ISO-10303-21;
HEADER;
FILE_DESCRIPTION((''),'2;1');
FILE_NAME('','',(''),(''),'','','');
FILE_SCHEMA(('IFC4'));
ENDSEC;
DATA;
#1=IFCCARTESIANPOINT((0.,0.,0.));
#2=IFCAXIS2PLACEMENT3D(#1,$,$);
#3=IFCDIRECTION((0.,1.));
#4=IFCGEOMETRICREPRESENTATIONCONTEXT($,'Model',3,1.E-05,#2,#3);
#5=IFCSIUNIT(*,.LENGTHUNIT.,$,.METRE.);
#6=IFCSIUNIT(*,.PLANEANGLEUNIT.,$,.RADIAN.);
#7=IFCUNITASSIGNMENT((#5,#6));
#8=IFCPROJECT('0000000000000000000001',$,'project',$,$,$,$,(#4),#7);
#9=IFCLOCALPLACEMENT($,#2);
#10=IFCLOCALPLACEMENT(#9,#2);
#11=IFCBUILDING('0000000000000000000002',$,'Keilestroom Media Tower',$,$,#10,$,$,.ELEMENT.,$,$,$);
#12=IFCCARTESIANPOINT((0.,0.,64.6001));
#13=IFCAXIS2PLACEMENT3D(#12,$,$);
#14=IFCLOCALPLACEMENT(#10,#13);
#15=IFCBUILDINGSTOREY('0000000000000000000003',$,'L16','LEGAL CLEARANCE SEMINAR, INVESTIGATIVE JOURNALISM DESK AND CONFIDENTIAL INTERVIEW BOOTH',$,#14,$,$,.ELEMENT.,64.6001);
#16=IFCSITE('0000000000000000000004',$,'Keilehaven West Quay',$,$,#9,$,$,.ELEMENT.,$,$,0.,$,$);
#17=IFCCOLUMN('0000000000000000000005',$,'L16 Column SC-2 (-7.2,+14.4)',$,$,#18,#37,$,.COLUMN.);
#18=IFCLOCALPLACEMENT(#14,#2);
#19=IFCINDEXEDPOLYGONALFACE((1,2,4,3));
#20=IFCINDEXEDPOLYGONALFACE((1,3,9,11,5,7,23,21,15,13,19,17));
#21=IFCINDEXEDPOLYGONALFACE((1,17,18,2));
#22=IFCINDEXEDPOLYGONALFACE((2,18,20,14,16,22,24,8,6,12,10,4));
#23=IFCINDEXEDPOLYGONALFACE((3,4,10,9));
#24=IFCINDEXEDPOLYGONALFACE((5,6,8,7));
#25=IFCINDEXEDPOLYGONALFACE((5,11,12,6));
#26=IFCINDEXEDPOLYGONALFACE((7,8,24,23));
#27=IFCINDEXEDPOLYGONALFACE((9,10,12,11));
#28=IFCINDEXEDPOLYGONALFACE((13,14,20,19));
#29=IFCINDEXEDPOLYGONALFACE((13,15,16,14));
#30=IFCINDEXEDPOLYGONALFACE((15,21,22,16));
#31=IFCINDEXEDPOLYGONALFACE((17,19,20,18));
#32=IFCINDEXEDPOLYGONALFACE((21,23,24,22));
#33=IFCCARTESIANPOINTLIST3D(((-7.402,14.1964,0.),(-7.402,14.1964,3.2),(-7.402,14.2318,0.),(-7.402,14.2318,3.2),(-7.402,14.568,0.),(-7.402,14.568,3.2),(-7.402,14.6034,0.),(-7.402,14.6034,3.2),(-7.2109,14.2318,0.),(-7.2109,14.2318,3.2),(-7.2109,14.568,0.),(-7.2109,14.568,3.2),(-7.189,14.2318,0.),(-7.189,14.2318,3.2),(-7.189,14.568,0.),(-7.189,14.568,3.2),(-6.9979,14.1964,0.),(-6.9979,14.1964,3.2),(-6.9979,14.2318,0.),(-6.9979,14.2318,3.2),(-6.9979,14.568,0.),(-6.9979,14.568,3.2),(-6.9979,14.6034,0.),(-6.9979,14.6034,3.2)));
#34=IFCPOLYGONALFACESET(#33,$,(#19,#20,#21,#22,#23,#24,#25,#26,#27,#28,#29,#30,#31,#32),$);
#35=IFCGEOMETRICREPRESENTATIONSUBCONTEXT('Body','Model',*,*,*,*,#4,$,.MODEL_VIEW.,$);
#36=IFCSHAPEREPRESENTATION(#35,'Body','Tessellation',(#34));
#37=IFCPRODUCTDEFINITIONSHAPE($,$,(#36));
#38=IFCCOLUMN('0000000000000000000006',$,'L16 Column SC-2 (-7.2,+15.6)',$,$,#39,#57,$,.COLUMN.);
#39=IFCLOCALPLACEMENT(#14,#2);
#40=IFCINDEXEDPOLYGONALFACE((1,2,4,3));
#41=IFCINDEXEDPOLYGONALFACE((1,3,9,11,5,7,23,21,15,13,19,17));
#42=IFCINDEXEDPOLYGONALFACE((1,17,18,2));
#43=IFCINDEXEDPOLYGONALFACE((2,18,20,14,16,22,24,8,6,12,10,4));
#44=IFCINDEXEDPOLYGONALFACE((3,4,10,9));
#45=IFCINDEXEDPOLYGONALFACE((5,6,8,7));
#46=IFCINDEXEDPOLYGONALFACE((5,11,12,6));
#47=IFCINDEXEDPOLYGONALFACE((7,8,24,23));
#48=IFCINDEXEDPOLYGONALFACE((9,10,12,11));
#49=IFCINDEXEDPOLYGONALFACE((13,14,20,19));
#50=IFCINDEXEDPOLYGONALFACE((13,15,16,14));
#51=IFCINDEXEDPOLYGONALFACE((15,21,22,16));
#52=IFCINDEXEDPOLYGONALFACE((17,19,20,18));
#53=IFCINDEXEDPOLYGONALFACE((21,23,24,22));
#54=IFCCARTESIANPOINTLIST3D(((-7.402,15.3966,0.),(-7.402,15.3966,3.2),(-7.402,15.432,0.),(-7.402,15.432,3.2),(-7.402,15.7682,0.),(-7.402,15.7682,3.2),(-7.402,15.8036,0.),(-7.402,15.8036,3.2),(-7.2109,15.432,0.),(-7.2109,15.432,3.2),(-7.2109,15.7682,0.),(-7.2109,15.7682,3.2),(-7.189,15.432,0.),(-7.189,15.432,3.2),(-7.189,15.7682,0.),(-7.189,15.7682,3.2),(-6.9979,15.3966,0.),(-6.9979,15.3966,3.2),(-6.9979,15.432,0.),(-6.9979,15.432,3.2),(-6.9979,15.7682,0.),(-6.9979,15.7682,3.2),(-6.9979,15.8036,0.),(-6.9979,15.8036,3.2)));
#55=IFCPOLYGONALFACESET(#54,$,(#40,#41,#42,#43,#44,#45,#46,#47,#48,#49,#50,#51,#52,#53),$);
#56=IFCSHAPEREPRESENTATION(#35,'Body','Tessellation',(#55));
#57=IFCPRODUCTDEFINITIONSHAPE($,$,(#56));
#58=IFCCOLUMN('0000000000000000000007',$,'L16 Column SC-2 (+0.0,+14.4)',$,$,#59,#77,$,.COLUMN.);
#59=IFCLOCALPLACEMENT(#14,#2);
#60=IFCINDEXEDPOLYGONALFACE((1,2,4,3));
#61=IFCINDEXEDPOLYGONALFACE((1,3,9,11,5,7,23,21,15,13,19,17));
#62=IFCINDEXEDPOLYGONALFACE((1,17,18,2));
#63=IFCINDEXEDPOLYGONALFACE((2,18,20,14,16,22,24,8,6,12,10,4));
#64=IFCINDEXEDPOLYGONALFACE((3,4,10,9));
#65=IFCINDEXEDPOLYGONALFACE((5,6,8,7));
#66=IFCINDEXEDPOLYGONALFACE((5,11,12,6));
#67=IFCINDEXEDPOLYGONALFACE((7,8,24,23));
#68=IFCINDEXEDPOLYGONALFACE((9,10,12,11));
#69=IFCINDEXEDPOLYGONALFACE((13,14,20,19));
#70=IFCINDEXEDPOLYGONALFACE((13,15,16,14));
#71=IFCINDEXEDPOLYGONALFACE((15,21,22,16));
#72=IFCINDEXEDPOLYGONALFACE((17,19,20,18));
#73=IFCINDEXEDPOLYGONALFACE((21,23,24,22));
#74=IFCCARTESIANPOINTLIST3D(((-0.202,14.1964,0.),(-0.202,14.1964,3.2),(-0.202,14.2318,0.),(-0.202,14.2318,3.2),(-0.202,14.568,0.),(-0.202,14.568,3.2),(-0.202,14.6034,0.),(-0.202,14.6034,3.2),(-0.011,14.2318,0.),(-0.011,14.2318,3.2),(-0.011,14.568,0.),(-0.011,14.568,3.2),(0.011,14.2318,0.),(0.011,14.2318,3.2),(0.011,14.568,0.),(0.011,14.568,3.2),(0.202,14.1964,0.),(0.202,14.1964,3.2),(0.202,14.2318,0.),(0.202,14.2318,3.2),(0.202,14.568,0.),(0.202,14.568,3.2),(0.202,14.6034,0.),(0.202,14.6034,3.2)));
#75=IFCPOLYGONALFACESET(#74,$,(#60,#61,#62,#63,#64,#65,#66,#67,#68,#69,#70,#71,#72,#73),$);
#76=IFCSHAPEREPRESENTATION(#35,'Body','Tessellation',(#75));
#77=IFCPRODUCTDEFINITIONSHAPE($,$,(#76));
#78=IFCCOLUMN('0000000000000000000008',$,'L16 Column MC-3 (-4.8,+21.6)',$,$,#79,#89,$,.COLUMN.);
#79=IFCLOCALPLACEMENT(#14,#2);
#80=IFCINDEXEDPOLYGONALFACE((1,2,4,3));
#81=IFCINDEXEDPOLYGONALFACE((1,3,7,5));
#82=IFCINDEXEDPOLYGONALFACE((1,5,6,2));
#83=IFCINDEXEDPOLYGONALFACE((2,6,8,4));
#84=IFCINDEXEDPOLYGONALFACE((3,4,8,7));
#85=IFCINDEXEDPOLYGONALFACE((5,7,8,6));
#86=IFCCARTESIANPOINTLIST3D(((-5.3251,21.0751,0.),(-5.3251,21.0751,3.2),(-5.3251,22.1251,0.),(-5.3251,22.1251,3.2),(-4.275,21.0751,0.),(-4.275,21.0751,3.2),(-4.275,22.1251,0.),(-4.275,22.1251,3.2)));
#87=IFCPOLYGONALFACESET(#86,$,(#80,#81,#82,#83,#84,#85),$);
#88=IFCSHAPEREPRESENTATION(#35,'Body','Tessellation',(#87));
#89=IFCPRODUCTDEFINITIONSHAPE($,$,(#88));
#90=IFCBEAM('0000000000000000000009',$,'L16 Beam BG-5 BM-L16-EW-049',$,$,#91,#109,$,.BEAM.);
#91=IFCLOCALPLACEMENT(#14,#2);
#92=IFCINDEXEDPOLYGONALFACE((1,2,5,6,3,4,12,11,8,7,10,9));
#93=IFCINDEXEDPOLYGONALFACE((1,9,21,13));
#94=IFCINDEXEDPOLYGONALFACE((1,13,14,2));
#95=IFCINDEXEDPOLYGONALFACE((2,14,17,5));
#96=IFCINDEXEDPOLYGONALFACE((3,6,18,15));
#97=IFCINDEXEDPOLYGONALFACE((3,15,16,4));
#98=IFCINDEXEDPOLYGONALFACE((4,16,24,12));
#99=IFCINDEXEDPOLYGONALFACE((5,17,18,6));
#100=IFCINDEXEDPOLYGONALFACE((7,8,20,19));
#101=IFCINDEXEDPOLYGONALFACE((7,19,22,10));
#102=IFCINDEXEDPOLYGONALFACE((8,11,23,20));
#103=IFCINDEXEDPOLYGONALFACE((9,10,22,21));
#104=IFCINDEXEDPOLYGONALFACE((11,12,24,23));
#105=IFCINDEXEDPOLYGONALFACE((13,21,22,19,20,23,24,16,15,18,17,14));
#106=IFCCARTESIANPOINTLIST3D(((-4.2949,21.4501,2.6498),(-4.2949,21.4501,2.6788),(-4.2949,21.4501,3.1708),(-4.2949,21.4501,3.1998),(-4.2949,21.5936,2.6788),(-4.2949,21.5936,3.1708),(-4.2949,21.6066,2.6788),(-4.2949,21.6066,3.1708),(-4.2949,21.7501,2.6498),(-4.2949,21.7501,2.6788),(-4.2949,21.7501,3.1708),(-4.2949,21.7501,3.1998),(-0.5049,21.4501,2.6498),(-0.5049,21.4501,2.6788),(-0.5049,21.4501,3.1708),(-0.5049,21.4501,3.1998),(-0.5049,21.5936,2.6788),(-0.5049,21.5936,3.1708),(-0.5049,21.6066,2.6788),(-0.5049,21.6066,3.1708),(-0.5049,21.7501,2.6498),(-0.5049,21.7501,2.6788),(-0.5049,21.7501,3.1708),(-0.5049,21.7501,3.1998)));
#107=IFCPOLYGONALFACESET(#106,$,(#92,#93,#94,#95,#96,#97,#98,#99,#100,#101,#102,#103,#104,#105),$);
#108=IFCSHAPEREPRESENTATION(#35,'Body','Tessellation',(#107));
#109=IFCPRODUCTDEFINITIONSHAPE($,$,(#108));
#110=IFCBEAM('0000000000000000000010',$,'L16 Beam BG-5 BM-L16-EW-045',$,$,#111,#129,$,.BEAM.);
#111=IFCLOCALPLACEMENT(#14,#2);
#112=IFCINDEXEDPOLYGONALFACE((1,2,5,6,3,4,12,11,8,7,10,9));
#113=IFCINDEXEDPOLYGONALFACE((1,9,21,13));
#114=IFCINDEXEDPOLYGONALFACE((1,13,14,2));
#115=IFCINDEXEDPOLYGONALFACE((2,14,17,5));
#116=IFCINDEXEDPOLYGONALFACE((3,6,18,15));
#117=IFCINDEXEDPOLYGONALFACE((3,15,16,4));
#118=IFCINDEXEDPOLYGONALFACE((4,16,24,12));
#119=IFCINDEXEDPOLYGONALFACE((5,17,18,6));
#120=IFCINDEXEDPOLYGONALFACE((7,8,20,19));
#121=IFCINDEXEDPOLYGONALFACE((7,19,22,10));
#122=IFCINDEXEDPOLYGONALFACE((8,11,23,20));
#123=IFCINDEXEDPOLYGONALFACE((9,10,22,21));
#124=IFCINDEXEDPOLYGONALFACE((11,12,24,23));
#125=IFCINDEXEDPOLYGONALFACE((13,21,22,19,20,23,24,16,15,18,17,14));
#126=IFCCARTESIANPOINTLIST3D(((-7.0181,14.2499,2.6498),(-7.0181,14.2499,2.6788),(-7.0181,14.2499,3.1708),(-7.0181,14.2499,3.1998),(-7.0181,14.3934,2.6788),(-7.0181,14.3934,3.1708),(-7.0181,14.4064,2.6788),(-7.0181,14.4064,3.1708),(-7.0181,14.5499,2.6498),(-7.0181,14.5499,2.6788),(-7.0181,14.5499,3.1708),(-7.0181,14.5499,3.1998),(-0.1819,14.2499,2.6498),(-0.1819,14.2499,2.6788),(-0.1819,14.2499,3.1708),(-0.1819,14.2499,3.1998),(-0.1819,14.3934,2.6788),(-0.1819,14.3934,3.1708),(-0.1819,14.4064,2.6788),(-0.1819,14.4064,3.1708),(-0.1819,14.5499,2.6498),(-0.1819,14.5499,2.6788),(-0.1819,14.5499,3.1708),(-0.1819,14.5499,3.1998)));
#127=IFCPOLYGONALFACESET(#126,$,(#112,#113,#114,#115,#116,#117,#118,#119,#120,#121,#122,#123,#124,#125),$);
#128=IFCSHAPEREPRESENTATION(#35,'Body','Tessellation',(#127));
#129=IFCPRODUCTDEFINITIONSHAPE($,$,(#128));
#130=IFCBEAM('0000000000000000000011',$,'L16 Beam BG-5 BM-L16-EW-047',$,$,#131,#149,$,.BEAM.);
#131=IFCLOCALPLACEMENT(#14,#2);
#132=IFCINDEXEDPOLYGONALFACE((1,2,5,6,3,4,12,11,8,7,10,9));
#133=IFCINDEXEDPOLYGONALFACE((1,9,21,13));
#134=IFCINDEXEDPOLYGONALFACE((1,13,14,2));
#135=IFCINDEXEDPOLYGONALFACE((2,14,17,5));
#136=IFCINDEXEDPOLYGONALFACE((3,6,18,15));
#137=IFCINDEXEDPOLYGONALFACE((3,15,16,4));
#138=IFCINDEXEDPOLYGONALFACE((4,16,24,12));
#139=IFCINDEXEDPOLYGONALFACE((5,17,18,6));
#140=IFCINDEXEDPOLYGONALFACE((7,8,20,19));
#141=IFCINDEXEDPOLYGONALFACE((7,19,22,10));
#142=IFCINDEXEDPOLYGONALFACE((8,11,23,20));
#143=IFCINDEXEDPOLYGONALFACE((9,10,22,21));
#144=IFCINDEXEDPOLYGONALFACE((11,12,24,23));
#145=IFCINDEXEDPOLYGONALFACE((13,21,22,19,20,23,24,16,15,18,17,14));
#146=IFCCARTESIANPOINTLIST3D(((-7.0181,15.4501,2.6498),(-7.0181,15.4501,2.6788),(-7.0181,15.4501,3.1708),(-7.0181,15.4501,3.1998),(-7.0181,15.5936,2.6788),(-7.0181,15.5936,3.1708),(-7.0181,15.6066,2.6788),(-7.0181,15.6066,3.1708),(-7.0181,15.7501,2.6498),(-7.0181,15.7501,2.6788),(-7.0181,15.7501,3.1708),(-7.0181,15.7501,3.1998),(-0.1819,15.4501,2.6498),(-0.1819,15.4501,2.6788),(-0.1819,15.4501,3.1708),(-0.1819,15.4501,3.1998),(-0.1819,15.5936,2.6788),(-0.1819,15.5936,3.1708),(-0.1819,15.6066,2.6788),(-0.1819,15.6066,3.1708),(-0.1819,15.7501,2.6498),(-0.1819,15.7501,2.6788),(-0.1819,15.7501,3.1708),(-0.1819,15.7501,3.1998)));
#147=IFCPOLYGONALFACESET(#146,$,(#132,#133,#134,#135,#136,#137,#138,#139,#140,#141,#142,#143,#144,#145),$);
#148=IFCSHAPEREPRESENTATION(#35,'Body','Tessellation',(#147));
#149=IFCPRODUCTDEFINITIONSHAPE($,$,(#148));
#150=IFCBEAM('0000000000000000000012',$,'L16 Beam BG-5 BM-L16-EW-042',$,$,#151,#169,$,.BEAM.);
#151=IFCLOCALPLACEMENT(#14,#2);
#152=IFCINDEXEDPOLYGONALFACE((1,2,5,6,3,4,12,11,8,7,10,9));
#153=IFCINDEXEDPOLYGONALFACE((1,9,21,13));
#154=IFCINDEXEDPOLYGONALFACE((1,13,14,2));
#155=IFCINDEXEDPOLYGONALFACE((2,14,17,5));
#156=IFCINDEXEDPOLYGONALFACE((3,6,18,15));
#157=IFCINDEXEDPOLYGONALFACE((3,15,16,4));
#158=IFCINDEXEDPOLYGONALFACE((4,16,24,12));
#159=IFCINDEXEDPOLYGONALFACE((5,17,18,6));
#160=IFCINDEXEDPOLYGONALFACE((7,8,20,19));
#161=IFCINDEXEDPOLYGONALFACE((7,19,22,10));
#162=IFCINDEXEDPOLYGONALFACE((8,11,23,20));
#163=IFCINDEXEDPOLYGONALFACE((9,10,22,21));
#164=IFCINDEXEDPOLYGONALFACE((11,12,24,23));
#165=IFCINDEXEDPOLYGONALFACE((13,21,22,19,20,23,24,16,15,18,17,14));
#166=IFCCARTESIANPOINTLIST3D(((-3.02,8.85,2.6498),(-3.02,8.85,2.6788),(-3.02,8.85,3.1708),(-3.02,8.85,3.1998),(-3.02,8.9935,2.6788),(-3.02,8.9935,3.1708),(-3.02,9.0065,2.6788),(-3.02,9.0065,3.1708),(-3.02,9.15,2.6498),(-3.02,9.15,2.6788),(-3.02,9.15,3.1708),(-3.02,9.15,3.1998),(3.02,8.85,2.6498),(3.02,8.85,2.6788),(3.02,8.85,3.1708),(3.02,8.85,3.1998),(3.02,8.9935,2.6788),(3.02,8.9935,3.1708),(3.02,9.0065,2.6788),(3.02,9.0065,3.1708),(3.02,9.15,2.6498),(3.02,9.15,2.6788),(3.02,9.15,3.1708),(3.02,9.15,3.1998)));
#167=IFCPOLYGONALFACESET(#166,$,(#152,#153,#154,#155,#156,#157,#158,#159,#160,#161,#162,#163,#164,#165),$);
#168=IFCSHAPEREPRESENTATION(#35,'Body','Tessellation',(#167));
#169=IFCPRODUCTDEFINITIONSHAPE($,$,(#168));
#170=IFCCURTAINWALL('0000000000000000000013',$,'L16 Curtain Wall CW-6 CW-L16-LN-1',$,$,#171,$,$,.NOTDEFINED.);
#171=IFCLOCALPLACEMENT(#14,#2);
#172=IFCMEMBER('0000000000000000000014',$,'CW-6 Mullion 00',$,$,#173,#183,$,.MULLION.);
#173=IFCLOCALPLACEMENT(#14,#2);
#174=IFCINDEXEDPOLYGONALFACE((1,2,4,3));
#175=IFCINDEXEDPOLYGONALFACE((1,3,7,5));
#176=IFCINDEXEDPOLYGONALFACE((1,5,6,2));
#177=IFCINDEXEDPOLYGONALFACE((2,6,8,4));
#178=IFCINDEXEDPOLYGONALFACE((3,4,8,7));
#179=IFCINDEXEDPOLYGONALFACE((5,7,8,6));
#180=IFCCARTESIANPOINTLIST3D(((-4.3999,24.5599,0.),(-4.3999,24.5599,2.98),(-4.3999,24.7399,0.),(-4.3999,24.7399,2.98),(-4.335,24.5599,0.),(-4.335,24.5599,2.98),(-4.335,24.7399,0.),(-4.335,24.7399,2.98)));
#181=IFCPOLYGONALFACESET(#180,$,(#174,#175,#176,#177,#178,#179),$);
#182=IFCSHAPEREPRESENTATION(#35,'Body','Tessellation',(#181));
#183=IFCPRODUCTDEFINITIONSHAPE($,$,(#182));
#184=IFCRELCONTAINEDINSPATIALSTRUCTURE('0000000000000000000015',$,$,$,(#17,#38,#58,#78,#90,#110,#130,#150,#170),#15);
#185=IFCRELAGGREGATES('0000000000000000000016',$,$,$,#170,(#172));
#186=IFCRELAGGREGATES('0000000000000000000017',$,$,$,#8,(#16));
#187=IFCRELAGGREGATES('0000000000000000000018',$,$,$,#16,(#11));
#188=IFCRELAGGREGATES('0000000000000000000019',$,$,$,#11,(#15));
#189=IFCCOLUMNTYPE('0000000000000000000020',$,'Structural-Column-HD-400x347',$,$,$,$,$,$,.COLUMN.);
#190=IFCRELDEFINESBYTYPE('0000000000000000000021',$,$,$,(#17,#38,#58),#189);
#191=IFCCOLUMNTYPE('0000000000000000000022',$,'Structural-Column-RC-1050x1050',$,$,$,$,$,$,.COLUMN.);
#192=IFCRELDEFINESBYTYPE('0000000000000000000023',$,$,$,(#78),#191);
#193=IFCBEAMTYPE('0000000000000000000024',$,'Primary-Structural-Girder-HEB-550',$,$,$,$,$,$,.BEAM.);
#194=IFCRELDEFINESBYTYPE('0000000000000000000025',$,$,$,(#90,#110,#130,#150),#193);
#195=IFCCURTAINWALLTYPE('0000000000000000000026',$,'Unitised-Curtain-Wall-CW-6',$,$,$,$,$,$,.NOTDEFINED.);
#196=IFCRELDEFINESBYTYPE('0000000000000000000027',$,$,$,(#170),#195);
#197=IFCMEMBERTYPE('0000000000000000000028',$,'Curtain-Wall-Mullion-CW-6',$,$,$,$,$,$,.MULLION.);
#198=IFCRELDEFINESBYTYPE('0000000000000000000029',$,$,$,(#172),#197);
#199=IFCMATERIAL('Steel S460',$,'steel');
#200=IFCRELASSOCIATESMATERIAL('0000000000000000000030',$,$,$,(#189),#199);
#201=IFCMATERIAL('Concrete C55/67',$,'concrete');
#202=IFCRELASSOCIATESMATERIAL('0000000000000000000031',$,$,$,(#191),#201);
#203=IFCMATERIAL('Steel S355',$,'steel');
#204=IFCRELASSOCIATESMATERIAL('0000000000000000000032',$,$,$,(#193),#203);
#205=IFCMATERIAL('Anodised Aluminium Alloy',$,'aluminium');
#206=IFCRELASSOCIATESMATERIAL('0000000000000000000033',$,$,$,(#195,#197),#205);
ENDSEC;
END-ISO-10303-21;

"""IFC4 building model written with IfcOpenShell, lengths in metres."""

from ifc_helpers import new_model, si_unit, direction, frame, origin, origin_2d, place, context, subcontext, project, spatial, rectangle, i_section, extrude, source, transform, mapped, material, material_profile, profile_set, type_object, element, aggregate, save


model = new_model("IFC4")

# Units and contexts
model_context = context("Model", 3, precision=1e-05, world=origin(), true_north=direction((0.0, 1.0)))
body_context = subcontext(model_context, "Body", "Model", "MODEL_VIEW")
ifc_project = project(units=[si_unit("LENGTHUNIT", "METRE"), si_unit("PLANEANGLEUNIT", "RADIAN")], contexts=[model_context])

# Site, building, storey
site_placement = place(None, origin())
site = spatial("IfcSite", under=ifc_project, at=site_placement, Name="Keilehaven West Quay", CompositionType="ELEMENT", RefElevation=0.0)
building_placement = place(site_placement, origin())
building = spatial("IfcBuilding", under=site, at=building_placement, Name="Keilestroom Media Tower", CompositionType="ELEMENT")
storey_placement = place(building_placement, frame((0.0, 0.0, 64.6001)))
storey = spatial("IfcBuildingStorey", under=building, at=storey_placement, Name="L16", Description="LEGAL CLEARANCE SEMINAR, INVESTIGATIVE JOURNALISM DESK AND CONFIDENTIAL INTERVIEW BOOTH", CompositionType="ELEMENT", Elevation=64.6001)

# Columns
ifc_material_1 = material(Name="Steel S460", Category="steel")
ifc_material_profile_1 = material_profile(ifc_material_1, i_section(OverallWidth=0.4041, OverallDepth=0.407, WebThickness=0.022, FlangeThickness=0.0354, at=origin_2d()), Name="HD 400x347")
ifc_profile_set_1 = profile_set([ifc_material_profile_1], Name="Steel S460")
column_type_1 = type_object("IfcColumnType", Name="Structural-Column-HD-400x347", PredefinedType="COLUMN", material=ifc_profile_set_1)
shared_shape_1 = source(origin(), body_context, "Body", "SweptSolid", [
    extrude(i_section(OverallWidth=0.4041, OverallDepth=0.407, WebThickness=0.022, FlangeThickness=0.0354, at=origin_2d()), origin(), (0.0, 0.0, 1.0), 3.2),
])
for number, where, z_axis, x_axis, name in (
    (1, (-7.2, 14.3999, 0.0), (0.0, 0.0, 1.0), (1.0, 0.0, 0.0), "L16 Column SC-2 (-7.2,+14.4)"),
    (2, (-7.2, 15.6001, 0.0), (0.0, 0.0, 1.0), (1.0, 0.0, 0.0), "L16 Column SC-2 (-7.2,+15.6)"),
    (3, (0.0, 14.3999, 0.0), (0.0, 0.0, 1.0), (1.0, 0.0, 0.0), "L16 Column SC-2 (+0.0,+14.4)"),
):
    element("IfcColumn", number, at=place(storey_placement, frame(where, z_axis=z_axis, x_axis=x_axis)), inside=storey, type_object=column_type_1, Name=name, PredefinedType="COLUMN", context=body_context, shape_type="MappedRepresentation", body=[
        mapped(shared_shape_1, transform((0.0, 0.0, 0.0), x_axis=(1.0, 0.0, 0.0), y_axis=(0.0, 1.0, 0.0), z_axis=(0.0, 0.0, 1.0), scale=1.0)),
    ])
ifc_material_2 = material(Name="Concrete C55/67", Category="concrete")
ifc_material_profile_2 = material_profile(ifc_material_2, rectangle(XDim=1.05, YDim=1.05, at=origin_2d()), Name="RC 1050x1050")
ifc_profile_set_2 = profile_set([ifc_material_profile_2], Name="Concrete C55/67")
column_type_2 = type_object("IfcColumnType", Name="Structural-Column-RC-1050x1050", PredefinedType="COLUMN", material=ifc_profile_set_2)
shared_shape_2 = source(origin(), body_context, "Body", "SweptSolid", [
    extrude(rectangle(XDim=1.05, YDim=1.05, at=origin_2d()), origin(), (0.0, 0.0, 1.0), 3.2),
])
column_placement = place(storey_placement, frame((-4.8, 21.6001, 0.0), z_axis=(0.0, 0.0, 1.0), x_axis=(1.0, 0.0, 0.0)))
element("IfcColumn", 4, at=column_placement, inside=storey, type_object=column_type_2, Name="L16 Column MC-3 (-4.8,+21.6)", PredefinedType="COLUMN", context=body_context, shape_type="MappedRepresentation", body=[
    mapped(shared_shape_2, transform((0.0, 0.0, 0.0), x_axis=(1.0, 0.0, 0.0), y_axis=(0.0, 1.0, 0.0), z_axis=(0.0, 0.0, 1.0), scale=1.0)),
])

# Beams
ifc_material_3 = material(Name="Steel S355", Category="steel")
ifc_material_profile_3 = material_profile(ifc_material_3, i_section(OverallWidth=0.3, OverallDepth=0.55, WebThickness=0.0129, FlangeThickness=0.0291, at=origin_2d()), Name="HEB 550")
ifc_profile_set_3 = profile_set([ifc_material_profile_3], Name="Steel S355")
beam_type = type_object("IfcBeamType", Name="Primary-Structural-Girder-HEB-550", PredefinedType="BEAM", material=ifc_profile_set_3)
shared_shape_3 = source(origin(), body_context, "Body", "SweptSolid", [
    extrude(i_section(OverallWidth=0.3, OverallDepth=0.55, WebThickness=0.0129, FlangeThickness=0.0291, at=origin_2d()), origin(), (0.0, 0.0, 1.0), 3.79),
])
beam_1_placement = place(storey_placement, frame((-4.2949, 21.6001, 2.9248), z_axis=(1.0, 0.0, 0.0), x_axis=(0.0, 1.0, 0.0)))
element("IfcBeam", 5, at=beam_1_placement, inside=storey, type_object=beam_type, Name="L16 Beam BG-5 BM-L16-EW-049", PredefinedType="BEAM", context=body_context, shape_type="MappedRepresentation", body=[
    mapped(shared_shape_3, transform((0.0, 0.0, 0.0), x_axis=(1.0, 0.0, 0.0), y_axis=(0.0, 1.0, 0.0), z_axis=(0.0, 0.0, 1.0), scale=1.0)),
])
shared_shape_4 = source(origin(), body_context, "Body", "SweptSolid", [
    extrude(i_section(OverallWidth=0.3, OverallDepth=0.55, WebThickness=0.0129, FlangeThickness=0.0291, at=origin_2d()), origin(), (0.0, 0.0, 1.0), 6.8362),
])
for number, where, z_axis, x_axis, name in (
    (6, (-7.0181, 14.3999, 2.9248), (1.0, 0.0, 0.0), (0.0, 1.0, 0.0), "L16 Beam BG-5 BM-L16-EW-045"),
    (7, (-7.0181, 15.6001, 2.9248), (1.0, 0.0, 0.0), (0.0, 1.0, 0.0), "L16 Beam BG-5 BM-L16-EW-047"),
):
    element("IfcBeam", number, at=place(storey_placement, frame(where, z_axis=z_axis, x_axis=x_axis)), inside=storey, type_object=beam_type, Name=name, PredefinedType="BEAM", context=body_context, shape_type="MappedRepresentation", body=[
        mapped(shared_shape_4, transform((0.0, 0.0, 0.0), x_axis=(1.0, 0.0, 0.0), y_axis=(0.0, 1.0, 0.0), z_axis=(0.0, 0.0, 1.0), scale=1.0)),
    ])
shared_shape_5 = source(origin(), body_context, "Body", "SweptSolid", [
    extrude(i_section(OverallWidth=0.3, OverallDepth=0.55, WebThickness=0.0129, FlangeThickness=0.0291, at=origin_2d()), origin(), (0.0, 0.0, 1.0), 6.04),
])
beam_2_placement = place(storey_placement, frame((-3.02, 9.0, 2.9248), z_axis=(1.0, 0.0, 0.0), x_axis=(0.0, 1.0, 0.0)))
element("IfcBeam", 8, at=beam_2_placement, inside=storey, type_object=beam_type, Name="L16 Beam BG-5 BM-L16-EW-042", PredefinedType="BEAM", context=body_context, shape_type="MappedRepresentation", body=[
    mapped(shared_shape_5, transform((0.0, 0.0, 0.0), x_axis=(1.0, 0.0, 0.0), y_axis=(0.0, 1.0, 0.0), z_axis=(0.0, 0.0, 1.0), scale=1.0)),
])

# Curtain wall, member
ifc_material_4 = material(Name="Anodised Aluminium Alloy", Category="aluminium")
curtain_wall_type = type_object("IfcCurtainWallType", Name="Unitised-Curtain-Wall-CW-6", PredefinedType="NOTDEFINED", material=ifc_material_4)
curtain_wall_placement = place(storey_placement, origin())
curtain_wall = element("IfcCurtainWall", 9, at=curtain_wall_placement, inside=storey, type_object=curtain_wall_type, Name="L16 Curtain Wall CW-6 CW-L16-LN-1", PredefinedType="NOTDEFINED")
ifc_material_profile_4 = material_profile(ifc_material_4, rectangle(XDim=0.0649, YDim=0.1799, at=origin_2d()), Name="ALU MULLION 65x180")
ifc_profile_set_4 = profile_set([ifc_material_profile_4], Name="Anodised Aluminium Alloy")
member_type_1 = type_object("IfcMemberType", Name="Curtain-Wall-Mullion-CW-6", PredefinedType="MULLION", material=ifc_profile_set_4)
shared_shape_6 = source(origin(), body_context, "Body", "SweptSolid", [
    extrude(rectangle(XDim=0.0649, YDim=0.1799, at=origin_2d()), origin(), (0.0, 0.0, 1.0), 2.98),
])
member_1_placement = place(storey_placement, frame((-4.3674, 24.6499, 0.0), z_axis=(0.0, 0.0, 1.0), x_axis=(1.0, 0.0, 0.0)))
member_1 = element("IfcMember", 10, at=member_1_placement, type_object=member_type_1, Name="CW-6 Mullion 00", PredefinedType="MULLION", context=body_context, shape_type="MappedRepresentation", body=[
    mapped(shared_shape_6, transform((0.0, 0.0, 0.0), x_axis=(1.0, 0.0, 0.0), y_axis=(0.0, 1.0, 0.0), z_axis=(0.0, 0.0, 1.0), scale=1.0)),
])
aggregate(curtain_wall, [member_1])

save(model, "model.ifc")
